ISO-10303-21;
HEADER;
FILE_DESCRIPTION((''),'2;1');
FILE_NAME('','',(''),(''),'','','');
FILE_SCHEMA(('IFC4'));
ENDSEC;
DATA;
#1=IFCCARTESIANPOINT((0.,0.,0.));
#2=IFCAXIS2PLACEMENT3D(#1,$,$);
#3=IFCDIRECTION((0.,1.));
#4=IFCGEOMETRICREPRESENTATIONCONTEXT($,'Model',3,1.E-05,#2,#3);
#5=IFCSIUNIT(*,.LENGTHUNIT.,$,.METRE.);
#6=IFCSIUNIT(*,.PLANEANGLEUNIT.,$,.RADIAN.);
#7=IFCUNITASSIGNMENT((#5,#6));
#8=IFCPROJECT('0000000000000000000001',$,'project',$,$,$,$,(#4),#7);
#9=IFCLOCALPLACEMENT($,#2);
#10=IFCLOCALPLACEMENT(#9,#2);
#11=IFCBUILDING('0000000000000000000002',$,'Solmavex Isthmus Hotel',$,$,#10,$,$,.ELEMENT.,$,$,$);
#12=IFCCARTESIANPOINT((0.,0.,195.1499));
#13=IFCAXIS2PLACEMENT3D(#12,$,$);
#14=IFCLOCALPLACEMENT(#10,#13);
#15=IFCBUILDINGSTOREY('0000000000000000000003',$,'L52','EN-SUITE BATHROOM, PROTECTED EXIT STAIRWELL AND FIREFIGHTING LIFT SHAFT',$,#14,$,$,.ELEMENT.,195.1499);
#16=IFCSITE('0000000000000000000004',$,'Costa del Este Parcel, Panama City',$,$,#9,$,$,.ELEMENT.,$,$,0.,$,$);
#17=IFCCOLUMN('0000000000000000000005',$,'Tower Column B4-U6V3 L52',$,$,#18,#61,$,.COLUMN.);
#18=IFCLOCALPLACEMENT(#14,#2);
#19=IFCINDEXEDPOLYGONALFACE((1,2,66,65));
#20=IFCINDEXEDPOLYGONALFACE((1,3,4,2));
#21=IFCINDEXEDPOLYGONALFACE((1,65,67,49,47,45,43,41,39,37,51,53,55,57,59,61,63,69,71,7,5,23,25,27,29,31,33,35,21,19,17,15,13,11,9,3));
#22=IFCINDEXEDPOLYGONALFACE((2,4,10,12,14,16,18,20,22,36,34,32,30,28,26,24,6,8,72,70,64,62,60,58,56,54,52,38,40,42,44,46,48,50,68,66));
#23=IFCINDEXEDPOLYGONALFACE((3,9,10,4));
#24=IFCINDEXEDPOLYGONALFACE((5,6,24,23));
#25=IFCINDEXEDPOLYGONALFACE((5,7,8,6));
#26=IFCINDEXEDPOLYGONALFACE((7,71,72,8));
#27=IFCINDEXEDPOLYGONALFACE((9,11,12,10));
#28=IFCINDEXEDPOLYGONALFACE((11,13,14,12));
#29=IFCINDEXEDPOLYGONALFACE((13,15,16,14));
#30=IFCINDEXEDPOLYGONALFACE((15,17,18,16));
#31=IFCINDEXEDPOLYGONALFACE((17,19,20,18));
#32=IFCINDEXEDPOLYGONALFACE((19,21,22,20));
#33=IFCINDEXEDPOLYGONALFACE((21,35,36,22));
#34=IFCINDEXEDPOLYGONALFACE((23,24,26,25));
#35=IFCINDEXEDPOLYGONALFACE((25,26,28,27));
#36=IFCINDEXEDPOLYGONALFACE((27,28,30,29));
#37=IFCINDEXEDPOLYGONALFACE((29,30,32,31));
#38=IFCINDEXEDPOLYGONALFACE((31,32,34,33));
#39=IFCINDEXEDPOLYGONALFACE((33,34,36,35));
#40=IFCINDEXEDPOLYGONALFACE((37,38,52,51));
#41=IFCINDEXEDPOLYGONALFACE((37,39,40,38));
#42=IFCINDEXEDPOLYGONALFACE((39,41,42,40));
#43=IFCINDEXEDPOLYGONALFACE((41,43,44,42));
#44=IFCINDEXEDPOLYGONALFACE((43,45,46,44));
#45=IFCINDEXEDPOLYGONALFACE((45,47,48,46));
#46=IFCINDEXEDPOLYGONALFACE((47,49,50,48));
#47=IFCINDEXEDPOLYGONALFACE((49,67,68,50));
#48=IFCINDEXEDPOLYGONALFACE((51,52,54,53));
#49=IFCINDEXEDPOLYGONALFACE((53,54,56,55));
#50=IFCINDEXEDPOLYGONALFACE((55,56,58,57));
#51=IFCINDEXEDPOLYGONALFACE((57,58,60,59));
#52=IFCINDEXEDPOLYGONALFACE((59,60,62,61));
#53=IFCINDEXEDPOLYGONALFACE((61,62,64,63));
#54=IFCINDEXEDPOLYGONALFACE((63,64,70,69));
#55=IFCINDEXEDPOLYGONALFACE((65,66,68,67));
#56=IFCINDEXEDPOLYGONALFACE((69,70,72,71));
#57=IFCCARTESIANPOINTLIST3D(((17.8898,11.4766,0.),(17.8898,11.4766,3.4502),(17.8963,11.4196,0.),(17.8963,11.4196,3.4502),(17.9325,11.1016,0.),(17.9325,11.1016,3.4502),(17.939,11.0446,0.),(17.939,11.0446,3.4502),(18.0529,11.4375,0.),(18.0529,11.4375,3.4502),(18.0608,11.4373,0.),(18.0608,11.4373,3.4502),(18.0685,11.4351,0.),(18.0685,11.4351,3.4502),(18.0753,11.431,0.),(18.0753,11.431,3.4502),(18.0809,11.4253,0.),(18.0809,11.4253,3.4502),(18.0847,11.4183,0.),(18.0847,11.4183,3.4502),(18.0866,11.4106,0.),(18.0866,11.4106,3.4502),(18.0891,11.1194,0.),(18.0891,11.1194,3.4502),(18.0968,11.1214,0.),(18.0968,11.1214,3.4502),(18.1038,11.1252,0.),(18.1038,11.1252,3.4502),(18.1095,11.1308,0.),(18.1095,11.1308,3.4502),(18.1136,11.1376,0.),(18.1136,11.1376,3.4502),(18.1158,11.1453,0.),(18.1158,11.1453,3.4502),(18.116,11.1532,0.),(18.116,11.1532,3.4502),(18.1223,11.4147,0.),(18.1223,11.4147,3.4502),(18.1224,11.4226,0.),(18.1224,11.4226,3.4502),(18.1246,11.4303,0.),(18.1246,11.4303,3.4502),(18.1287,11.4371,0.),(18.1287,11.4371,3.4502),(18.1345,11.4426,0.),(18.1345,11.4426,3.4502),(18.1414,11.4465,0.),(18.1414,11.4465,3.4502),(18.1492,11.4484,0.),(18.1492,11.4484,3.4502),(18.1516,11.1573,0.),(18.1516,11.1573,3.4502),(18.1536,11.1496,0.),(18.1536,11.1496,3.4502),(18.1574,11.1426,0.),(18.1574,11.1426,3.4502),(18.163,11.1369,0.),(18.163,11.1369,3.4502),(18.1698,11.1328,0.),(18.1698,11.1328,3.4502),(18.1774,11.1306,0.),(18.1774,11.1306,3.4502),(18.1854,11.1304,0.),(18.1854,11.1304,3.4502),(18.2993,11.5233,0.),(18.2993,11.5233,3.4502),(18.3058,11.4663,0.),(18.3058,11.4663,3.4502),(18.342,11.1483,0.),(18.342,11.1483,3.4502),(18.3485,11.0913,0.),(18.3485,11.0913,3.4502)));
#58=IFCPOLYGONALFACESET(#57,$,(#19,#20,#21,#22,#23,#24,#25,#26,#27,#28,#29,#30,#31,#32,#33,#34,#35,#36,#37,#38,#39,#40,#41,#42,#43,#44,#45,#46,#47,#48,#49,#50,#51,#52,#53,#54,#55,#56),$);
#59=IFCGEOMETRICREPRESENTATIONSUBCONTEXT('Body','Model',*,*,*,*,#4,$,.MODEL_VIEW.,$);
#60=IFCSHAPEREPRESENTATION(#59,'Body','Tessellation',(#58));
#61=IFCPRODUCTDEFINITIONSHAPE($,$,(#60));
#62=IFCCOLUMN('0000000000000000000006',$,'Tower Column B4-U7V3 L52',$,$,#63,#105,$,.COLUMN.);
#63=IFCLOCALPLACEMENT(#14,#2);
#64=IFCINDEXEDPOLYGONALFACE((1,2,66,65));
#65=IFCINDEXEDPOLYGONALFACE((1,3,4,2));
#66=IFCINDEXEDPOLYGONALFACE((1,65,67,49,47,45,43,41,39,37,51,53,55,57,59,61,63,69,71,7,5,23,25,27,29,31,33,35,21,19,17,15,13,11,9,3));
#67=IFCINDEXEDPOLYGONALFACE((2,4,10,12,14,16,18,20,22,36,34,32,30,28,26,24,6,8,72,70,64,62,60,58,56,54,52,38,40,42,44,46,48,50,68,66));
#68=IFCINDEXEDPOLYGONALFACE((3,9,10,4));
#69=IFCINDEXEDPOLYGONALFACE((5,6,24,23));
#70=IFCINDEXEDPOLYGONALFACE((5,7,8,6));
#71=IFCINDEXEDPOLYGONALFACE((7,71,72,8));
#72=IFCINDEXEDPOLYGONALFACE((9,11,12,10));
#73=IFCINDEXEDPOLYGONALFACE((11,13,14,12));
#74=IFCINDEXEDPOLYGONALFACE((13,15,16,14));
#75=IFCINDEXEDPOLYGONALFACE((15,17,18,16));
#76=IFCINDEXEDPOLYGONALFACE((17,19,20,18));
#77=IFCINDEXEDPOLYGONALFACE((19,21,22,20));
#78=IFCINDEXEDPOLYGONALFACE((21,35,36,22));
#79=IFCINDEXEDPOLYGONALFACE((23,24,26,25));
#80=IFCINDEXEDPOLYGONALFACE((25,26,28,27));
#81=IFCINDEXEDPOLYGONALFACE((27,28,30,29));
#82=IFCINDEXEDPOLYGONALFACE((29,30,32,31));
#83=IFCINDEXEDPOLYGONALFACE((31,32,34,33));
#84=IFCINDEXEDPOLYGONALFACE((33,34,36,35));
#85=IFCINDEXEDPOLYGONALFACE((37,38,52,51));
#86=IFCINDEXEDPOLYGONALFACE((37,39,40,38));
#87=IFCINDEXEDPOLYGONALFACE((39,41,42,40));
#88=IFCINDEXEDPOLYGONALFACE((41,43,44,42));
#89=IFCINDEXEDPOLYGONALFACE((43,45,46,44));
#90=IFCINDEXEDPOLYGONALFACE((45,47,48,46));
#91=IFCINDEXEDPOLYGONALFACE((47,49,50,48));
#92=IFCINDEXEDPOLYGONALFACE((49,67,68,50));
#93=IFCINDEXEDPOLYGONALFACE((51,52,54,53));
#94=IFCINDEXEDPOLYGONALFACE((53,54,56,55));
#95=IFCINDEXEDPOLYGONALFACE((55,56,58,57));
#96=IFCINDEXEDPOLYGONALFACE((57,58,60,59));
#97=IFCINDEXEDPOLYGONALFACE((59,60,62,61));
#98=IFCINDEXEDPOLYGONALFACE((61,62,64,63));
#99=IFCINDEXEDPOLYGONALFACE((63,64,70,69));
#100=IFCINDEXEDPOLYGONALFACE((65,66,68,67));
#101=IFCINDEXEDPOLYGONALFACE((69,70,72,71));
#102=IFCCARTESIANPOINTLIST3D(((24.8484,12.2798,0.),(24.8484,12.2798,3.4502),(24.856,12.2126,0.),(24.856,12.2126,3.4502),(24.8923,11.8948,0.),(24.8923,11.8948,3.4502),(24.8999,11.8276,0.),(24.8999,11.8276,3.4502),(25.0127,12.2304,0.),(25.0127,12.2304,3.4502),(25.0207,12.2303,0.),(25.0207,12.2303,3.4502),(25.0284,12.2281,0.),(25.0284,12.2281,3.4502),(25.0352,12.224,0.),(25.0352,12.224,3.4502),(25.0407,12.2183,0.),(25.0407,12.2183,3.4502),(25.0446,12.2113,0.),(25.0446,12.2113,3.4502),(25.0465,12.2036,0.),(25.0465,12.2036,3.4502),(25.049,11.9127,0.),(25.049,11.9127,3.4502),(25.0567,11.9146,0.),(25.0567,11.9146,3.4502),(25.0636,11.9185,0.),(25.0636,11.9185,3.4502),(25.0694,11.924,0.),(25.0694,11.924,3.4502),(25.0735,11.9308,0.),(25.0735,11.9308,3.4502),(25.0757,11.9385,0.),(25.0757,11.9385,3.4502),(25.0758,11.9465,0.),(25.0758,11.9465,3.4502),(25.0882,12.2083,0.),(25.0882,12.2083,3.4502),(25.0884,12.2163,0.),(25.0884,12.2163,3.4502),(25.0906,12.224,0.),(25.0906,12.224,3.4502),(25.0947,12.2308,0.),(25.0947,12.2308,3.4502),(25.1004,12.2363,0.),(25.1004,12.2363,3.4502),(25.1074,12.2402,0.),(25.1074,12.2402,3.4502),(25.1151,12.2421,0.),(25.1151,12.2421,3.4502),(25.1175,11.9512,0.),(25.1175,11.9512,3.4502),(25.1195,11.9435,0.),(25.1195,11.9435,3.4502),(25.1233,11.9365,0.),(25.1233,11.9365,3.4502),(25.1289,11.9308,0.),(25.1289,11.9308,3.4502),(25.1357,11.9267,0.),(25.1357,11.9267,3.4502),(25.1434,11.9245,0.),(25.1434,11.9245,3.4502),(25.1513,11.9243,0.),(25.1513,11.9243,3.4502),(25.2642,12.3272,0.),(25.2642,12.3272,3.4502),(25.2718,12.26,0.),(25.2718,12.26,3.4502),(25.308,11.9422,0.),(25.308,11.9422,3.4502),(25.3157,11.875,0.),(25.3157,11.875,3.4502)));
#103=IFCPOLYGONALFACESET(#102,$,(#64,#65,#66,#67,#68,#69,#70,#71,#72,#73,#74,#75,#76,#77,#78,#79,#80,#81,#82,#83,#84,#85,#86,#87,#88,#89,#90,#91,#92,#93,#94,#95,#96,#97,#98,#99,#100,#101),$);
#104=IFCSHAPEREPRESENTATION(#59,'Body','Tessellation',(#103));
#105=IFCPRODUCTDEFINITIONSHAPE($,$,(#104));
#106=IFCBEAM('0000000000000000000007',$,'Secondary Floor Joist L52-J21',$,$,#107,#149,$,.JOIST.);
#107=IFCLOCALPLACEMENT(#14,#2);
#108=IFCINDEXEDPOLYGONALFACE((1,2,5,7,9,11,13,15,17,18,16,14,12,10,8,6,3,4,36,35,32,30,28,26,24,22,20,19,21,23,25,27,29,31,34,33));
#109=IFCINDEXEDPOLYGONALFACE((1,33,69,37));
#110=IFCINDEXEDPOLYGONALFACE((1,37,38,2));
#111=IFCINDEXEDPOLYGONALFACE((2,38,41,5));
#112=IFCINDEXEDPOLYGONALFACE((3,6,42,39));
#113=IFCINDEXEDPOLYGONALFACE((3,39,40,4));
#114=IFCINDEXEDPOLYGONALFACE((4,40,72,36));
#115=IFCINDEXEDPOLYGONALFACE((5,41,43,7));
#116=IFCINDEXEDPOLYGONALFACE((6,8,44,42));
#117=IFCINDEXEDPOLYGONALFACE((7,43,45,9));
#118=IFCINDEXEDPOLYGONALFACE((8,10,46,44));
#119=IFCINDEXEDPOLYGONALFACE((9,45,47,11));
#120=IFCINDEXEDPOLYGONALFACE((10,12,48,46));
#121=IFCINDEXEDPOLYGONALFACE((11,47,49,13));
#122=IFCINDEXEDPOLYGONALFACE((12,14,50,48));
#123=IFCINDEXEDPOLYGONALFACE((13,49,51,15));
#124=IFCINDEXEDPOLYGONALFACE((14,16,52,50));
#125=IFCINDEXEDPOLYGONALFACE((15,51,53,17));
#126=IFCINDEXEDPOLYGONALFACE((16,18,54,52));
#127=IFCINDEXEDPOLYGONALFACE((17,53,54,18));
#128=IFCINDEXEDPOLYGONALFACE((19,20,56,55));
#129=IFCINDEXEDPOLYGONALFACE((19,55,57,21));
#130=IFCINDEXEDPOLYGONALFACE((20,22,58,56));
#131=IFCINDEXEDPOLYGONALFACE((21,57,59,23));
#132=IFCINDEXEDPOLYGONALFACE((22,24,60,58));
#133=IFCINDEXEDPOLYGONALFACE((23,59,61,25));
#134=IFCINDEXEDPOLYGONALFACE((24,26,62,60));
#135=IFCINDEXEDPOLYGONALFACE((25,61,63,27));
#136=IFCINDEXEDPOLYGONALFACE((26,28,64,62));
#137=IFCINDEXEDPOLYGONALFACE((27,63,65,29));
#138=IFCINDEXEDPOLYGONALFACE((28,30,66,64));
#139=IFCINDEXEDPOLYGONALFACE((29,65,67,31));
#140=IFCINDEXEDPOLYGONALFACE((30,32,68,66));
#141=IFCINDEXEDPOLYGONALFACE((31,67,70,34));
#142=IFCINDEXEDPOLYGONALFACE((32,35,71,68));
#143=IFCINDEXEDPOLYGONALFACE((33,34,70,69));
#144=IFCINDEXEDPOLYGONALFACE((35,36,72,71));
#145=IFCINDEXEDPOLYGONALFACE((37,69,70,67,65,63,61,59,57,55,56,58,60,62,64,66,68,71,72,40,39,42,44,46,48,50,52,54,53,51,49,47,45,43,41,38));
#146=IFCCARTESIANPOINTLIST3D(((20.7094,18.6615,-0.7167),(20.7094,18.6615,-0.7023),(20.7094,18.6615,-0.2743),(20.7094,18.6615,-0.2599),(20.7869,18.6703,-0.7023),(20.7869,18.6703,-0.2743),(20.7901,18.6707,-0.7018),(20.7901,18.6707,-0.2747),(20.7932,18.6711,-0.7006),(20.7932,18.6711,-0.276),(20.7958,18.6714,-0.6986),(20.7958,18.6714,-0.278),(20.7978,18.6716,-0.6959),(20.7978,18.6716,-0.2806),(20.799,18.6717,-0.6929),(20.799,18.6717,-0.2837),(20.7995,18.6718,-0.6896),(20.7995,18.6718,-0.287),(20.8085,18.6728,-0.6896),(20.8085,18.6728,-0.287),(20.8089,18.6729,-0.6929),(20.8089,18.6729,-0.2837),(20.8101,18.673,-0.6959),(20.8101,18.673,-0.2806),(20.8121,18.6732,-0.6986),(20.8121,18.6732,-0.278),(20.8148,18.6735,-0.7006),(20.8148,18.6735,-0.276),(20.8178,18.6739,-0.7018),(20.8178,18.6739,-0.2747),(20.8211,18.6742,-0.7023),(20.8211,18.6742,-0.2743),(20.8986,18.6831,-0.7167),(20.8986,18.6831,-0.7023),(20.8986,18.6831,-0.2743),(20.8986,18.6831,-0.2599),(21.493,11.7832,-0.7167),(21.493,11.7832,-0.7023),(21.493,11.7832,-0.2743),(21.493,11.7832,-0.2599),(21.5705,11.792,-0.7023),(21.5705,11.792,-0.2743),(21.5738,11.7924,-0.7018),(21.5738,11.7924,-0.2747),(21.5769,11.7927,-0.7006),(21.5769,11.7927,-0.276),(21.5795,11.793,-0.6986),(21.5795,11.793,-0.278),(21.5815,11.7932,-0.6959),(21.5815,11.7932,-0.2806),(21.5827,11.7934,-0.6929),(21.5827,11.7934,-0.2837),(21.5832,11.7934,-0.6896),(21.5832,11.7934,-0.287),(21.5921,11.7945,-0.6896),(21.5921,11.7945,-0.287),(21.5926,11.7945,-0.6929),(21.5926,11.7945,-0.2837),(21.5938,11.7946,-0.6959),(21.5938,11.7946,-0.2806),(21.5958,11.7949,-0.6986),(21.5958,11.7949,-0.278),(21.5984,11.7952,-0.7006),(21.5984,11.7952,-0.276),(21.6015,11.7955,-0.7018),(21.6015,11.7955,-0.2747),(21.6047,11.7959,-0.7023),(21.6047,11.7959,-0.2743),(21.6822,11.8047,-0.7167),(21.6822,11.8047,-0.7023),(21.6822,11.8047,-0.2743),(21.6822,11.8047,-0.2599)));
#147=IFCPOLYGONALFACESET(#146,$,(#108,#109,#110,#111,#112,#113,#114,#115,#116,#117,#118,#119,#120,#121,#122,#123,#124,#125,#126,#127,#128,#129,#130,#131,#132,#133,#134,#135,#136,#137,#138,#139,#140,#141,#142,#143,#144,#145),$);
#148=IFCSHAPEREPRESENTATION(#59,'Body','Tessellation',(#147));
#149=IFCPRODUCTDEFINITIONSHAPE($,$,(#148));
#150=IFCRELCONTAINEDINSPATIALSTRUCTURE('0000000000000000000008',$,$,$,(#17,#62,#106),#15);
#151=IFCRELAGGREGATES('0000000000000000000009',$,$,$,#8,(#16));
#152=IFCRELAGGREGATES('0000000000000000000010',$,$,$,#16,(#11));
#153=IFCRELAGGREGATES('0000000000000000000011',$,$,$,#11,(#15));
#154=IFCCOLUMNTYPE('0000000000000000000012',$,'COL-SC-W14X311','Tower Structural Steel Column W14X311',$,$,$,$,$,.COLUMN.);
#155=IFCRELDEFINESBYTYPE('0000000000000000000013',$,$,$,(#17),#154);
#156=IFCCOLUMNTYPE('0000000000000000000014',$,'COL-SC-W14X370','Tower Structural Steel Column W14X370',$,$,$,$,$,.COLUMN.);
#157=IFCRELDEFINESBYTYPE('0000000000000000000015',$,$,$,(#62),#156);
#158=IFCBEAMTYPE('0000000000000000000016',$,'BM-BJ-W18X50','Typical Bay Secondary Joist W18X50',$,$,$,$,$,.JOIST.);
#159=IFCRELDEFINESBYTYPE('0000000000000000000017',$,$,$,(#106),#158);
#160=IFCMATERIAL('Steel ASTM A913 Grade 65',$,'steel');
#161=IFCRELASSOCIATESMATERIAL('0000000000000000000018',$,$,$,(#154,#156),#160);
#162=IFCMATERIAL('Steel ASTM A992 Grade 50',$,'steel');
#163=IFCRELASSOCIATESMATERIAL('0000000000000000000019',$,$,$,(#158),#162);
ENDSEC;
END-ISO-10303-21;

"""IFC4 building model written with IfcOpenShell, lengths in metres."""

from ifc_helpers import new_model, si_unit, direction, frame, origin, origin_2d, place, context, subcontext, project, spatial, i_section, extrude, material, material_profile, profile_set, type_object, element, save


model = new_model("IFC4")

# Units and contexts
model_context = context("Model", 3, precision=1e-05, world=origin(), true_north=direction((0.0, 1.0)))
body_context = subcontext(model_context, "Body", "Model", "MODEL_VIEW")
ifc_project = project(units=[si_unit("LENGTHUNIT", "METRE"), si_unit("PLANEANGLEUNIT", "RADIAN")], contexts=[model_context])

# Site, building, storey
site_placement = place(None, origin())
site = spatial("IfcSite", under=ifc_project, at=site_placement, Name="Costa del Este Parcel, Panama City", CompositionType="ELEMENT", RefElevation=0.0)
building_placement = place(site_placement, origin())
building = spatial("IfcBuilding", under=site, at=building_placement, Name="Solmavex Isthmus Hotel", CompositionType="ELEMENT")
storey_placement = place(building_placement, frame((0.0, 0.0, 195.1499)))
storey = spatial("IfcBuildingStorey", under=building, at=storey_placement, Name="L52", Description="EN-SUITE BATHROOM, PROTECTED EXIT STAIRWELL AND FIREFIGHTING LIFT SHAFT", CompositionType="ELEMENT", Elevation=195.1499)

# Columns
ifc_material_1 = material(Name="Steel ASTM A913 Grade 65", Category="steel")
ifc_material_profile_1 = material_profile(ifc_material_1, i_section(OverallWidth=0.4121, OverallDepth=0.4348, WebThickness=0.0359, FlangeThickness=0.0574, FilletRadius=0.0305, at=origin_2d()), Name="W14X311")
ifc_profile_set_1 = profile_set([ifc_material_profile_1], Name="Steel ASTM A913 Grade 65")
column_type_1 = type_object("IfcColumnType", Name="COL-SC-W14X311", Description="Tower Structural Steel Column W14X311", PredefinedType="COLUMN", material=ifc_profile_set_1)
column_1_placement = place(storey_placement, frame((18.1191, 11.2839, 0.0), z_axis=(0.0, 0.0, 1.0), x_axis=(0.993572, 0.113203, 0.0)))
element("IfcColumn", 1, at=column_1_placement, inside=storey, type_object=column_type_1, Name="Tower Column B4-U6V3 L52", PredefinedType="COLUMN", context=body_context, shape_type="SweptSolid", body=[
    extrude(i_section(OverallWidth=0.4121, OverallDepth=0.4348, WebThickness=0.0359, FlangeThickness=0.0574, FilletRadius=0.0305, at=origin_2d()), origin(), (0.0, 0.0, 1.0), 3.4502),
])
ifc_material_profile_2 = material_profile(ifc_material_1, i_section(OverallWidth=0.4185, OverallDepth=0.4551, WebThickness=0.042, FlangeThickness=0.0676, FilletRadius=0.0305, at=origin_2d()), Name="W14X370")
ifc_profile_set_2 = profile_set([ifc_material_profile_2], Name="Steel ASTM A913 Grade 65")
column_type_2 = type_object("IfcColumnType", Name="COL-SC-W14X370", Description="Tower Structural Steel Column W14X370", PredefinedType="COLUMN", material=ifc_profile_set_2)
column_2_placement = place(storey_placement, frame((25.082, 12.0774, 0.0), z_axis=(0.0, 0.0, 1.0), x_axis=(0.993572, 0.113203, 0.0)))
element("IfcColumn", 2, at=column_2_placement, inside=storey, type_object=column_type_2, Name="Tower Column B4-U7V3 L52", PredefinedType="COLUMN", context=body_context, shape_type="SweptSolid", body=[
    extrude(i_section(OverallWidth=0.4185, OverallDepth=0.4551, WebThickness=0.042, FlangeThickness=0.0676, FilletRadius=0.0305, at=origin_2d()), origin(), (0.0, 0.0, 1.0), 3.4502),
])

# Beam
ifc_material_2 = material(Name="Steel ASTM A992 Grade 50", Category="steel")
ifc_material_profile_3 = material_profile(ifc_material_2, i_section(OverallWidth=0.1904, OverallDepth=0.4568, WebThickness=0.009, FlangeThickness=0.0144, FilletRadius=0.0127, at=origin_2d()), Name="W18X50")
ifc_profile_set_3 = profile_set([ifc_material_profile_3], Name="Steel ASTM A992 Grade 50")
beam_type_1 = type_object("IfcBeamType", Name="BM-BJ-W18X50", Description="Typical Bay Secondary Joist W18X50", PredefinedType="JOIST", material=ifc_profile_set_3)
beam_1_placement = place(storey_placement, frame((21.5876, 11.7939, -0.4883), z_axis=(-0.113202, 0.993572, 0.0), x_axis=(-0.993572, -0.113202, 0.0)))
element("IfcBeam", 3, at=beam_1_placement, inside=storey, type_object=beam_type_1, Name="Secondary Floor Joist L52-J21", PredefinedType="JOIST", context=body_context, shape_type="SweptSolid", body=[
    extrude(i_section(OverallWidth=0.1904, OverallDepth=0.4568, WebThickness=0.009, FlangeThickness=0.0144, FilletRadius=0.0127, at=origin_2d()), origin(), (0.0, 0.0, 1.0), 6.9229),
])

save(model, "model.ifc")
